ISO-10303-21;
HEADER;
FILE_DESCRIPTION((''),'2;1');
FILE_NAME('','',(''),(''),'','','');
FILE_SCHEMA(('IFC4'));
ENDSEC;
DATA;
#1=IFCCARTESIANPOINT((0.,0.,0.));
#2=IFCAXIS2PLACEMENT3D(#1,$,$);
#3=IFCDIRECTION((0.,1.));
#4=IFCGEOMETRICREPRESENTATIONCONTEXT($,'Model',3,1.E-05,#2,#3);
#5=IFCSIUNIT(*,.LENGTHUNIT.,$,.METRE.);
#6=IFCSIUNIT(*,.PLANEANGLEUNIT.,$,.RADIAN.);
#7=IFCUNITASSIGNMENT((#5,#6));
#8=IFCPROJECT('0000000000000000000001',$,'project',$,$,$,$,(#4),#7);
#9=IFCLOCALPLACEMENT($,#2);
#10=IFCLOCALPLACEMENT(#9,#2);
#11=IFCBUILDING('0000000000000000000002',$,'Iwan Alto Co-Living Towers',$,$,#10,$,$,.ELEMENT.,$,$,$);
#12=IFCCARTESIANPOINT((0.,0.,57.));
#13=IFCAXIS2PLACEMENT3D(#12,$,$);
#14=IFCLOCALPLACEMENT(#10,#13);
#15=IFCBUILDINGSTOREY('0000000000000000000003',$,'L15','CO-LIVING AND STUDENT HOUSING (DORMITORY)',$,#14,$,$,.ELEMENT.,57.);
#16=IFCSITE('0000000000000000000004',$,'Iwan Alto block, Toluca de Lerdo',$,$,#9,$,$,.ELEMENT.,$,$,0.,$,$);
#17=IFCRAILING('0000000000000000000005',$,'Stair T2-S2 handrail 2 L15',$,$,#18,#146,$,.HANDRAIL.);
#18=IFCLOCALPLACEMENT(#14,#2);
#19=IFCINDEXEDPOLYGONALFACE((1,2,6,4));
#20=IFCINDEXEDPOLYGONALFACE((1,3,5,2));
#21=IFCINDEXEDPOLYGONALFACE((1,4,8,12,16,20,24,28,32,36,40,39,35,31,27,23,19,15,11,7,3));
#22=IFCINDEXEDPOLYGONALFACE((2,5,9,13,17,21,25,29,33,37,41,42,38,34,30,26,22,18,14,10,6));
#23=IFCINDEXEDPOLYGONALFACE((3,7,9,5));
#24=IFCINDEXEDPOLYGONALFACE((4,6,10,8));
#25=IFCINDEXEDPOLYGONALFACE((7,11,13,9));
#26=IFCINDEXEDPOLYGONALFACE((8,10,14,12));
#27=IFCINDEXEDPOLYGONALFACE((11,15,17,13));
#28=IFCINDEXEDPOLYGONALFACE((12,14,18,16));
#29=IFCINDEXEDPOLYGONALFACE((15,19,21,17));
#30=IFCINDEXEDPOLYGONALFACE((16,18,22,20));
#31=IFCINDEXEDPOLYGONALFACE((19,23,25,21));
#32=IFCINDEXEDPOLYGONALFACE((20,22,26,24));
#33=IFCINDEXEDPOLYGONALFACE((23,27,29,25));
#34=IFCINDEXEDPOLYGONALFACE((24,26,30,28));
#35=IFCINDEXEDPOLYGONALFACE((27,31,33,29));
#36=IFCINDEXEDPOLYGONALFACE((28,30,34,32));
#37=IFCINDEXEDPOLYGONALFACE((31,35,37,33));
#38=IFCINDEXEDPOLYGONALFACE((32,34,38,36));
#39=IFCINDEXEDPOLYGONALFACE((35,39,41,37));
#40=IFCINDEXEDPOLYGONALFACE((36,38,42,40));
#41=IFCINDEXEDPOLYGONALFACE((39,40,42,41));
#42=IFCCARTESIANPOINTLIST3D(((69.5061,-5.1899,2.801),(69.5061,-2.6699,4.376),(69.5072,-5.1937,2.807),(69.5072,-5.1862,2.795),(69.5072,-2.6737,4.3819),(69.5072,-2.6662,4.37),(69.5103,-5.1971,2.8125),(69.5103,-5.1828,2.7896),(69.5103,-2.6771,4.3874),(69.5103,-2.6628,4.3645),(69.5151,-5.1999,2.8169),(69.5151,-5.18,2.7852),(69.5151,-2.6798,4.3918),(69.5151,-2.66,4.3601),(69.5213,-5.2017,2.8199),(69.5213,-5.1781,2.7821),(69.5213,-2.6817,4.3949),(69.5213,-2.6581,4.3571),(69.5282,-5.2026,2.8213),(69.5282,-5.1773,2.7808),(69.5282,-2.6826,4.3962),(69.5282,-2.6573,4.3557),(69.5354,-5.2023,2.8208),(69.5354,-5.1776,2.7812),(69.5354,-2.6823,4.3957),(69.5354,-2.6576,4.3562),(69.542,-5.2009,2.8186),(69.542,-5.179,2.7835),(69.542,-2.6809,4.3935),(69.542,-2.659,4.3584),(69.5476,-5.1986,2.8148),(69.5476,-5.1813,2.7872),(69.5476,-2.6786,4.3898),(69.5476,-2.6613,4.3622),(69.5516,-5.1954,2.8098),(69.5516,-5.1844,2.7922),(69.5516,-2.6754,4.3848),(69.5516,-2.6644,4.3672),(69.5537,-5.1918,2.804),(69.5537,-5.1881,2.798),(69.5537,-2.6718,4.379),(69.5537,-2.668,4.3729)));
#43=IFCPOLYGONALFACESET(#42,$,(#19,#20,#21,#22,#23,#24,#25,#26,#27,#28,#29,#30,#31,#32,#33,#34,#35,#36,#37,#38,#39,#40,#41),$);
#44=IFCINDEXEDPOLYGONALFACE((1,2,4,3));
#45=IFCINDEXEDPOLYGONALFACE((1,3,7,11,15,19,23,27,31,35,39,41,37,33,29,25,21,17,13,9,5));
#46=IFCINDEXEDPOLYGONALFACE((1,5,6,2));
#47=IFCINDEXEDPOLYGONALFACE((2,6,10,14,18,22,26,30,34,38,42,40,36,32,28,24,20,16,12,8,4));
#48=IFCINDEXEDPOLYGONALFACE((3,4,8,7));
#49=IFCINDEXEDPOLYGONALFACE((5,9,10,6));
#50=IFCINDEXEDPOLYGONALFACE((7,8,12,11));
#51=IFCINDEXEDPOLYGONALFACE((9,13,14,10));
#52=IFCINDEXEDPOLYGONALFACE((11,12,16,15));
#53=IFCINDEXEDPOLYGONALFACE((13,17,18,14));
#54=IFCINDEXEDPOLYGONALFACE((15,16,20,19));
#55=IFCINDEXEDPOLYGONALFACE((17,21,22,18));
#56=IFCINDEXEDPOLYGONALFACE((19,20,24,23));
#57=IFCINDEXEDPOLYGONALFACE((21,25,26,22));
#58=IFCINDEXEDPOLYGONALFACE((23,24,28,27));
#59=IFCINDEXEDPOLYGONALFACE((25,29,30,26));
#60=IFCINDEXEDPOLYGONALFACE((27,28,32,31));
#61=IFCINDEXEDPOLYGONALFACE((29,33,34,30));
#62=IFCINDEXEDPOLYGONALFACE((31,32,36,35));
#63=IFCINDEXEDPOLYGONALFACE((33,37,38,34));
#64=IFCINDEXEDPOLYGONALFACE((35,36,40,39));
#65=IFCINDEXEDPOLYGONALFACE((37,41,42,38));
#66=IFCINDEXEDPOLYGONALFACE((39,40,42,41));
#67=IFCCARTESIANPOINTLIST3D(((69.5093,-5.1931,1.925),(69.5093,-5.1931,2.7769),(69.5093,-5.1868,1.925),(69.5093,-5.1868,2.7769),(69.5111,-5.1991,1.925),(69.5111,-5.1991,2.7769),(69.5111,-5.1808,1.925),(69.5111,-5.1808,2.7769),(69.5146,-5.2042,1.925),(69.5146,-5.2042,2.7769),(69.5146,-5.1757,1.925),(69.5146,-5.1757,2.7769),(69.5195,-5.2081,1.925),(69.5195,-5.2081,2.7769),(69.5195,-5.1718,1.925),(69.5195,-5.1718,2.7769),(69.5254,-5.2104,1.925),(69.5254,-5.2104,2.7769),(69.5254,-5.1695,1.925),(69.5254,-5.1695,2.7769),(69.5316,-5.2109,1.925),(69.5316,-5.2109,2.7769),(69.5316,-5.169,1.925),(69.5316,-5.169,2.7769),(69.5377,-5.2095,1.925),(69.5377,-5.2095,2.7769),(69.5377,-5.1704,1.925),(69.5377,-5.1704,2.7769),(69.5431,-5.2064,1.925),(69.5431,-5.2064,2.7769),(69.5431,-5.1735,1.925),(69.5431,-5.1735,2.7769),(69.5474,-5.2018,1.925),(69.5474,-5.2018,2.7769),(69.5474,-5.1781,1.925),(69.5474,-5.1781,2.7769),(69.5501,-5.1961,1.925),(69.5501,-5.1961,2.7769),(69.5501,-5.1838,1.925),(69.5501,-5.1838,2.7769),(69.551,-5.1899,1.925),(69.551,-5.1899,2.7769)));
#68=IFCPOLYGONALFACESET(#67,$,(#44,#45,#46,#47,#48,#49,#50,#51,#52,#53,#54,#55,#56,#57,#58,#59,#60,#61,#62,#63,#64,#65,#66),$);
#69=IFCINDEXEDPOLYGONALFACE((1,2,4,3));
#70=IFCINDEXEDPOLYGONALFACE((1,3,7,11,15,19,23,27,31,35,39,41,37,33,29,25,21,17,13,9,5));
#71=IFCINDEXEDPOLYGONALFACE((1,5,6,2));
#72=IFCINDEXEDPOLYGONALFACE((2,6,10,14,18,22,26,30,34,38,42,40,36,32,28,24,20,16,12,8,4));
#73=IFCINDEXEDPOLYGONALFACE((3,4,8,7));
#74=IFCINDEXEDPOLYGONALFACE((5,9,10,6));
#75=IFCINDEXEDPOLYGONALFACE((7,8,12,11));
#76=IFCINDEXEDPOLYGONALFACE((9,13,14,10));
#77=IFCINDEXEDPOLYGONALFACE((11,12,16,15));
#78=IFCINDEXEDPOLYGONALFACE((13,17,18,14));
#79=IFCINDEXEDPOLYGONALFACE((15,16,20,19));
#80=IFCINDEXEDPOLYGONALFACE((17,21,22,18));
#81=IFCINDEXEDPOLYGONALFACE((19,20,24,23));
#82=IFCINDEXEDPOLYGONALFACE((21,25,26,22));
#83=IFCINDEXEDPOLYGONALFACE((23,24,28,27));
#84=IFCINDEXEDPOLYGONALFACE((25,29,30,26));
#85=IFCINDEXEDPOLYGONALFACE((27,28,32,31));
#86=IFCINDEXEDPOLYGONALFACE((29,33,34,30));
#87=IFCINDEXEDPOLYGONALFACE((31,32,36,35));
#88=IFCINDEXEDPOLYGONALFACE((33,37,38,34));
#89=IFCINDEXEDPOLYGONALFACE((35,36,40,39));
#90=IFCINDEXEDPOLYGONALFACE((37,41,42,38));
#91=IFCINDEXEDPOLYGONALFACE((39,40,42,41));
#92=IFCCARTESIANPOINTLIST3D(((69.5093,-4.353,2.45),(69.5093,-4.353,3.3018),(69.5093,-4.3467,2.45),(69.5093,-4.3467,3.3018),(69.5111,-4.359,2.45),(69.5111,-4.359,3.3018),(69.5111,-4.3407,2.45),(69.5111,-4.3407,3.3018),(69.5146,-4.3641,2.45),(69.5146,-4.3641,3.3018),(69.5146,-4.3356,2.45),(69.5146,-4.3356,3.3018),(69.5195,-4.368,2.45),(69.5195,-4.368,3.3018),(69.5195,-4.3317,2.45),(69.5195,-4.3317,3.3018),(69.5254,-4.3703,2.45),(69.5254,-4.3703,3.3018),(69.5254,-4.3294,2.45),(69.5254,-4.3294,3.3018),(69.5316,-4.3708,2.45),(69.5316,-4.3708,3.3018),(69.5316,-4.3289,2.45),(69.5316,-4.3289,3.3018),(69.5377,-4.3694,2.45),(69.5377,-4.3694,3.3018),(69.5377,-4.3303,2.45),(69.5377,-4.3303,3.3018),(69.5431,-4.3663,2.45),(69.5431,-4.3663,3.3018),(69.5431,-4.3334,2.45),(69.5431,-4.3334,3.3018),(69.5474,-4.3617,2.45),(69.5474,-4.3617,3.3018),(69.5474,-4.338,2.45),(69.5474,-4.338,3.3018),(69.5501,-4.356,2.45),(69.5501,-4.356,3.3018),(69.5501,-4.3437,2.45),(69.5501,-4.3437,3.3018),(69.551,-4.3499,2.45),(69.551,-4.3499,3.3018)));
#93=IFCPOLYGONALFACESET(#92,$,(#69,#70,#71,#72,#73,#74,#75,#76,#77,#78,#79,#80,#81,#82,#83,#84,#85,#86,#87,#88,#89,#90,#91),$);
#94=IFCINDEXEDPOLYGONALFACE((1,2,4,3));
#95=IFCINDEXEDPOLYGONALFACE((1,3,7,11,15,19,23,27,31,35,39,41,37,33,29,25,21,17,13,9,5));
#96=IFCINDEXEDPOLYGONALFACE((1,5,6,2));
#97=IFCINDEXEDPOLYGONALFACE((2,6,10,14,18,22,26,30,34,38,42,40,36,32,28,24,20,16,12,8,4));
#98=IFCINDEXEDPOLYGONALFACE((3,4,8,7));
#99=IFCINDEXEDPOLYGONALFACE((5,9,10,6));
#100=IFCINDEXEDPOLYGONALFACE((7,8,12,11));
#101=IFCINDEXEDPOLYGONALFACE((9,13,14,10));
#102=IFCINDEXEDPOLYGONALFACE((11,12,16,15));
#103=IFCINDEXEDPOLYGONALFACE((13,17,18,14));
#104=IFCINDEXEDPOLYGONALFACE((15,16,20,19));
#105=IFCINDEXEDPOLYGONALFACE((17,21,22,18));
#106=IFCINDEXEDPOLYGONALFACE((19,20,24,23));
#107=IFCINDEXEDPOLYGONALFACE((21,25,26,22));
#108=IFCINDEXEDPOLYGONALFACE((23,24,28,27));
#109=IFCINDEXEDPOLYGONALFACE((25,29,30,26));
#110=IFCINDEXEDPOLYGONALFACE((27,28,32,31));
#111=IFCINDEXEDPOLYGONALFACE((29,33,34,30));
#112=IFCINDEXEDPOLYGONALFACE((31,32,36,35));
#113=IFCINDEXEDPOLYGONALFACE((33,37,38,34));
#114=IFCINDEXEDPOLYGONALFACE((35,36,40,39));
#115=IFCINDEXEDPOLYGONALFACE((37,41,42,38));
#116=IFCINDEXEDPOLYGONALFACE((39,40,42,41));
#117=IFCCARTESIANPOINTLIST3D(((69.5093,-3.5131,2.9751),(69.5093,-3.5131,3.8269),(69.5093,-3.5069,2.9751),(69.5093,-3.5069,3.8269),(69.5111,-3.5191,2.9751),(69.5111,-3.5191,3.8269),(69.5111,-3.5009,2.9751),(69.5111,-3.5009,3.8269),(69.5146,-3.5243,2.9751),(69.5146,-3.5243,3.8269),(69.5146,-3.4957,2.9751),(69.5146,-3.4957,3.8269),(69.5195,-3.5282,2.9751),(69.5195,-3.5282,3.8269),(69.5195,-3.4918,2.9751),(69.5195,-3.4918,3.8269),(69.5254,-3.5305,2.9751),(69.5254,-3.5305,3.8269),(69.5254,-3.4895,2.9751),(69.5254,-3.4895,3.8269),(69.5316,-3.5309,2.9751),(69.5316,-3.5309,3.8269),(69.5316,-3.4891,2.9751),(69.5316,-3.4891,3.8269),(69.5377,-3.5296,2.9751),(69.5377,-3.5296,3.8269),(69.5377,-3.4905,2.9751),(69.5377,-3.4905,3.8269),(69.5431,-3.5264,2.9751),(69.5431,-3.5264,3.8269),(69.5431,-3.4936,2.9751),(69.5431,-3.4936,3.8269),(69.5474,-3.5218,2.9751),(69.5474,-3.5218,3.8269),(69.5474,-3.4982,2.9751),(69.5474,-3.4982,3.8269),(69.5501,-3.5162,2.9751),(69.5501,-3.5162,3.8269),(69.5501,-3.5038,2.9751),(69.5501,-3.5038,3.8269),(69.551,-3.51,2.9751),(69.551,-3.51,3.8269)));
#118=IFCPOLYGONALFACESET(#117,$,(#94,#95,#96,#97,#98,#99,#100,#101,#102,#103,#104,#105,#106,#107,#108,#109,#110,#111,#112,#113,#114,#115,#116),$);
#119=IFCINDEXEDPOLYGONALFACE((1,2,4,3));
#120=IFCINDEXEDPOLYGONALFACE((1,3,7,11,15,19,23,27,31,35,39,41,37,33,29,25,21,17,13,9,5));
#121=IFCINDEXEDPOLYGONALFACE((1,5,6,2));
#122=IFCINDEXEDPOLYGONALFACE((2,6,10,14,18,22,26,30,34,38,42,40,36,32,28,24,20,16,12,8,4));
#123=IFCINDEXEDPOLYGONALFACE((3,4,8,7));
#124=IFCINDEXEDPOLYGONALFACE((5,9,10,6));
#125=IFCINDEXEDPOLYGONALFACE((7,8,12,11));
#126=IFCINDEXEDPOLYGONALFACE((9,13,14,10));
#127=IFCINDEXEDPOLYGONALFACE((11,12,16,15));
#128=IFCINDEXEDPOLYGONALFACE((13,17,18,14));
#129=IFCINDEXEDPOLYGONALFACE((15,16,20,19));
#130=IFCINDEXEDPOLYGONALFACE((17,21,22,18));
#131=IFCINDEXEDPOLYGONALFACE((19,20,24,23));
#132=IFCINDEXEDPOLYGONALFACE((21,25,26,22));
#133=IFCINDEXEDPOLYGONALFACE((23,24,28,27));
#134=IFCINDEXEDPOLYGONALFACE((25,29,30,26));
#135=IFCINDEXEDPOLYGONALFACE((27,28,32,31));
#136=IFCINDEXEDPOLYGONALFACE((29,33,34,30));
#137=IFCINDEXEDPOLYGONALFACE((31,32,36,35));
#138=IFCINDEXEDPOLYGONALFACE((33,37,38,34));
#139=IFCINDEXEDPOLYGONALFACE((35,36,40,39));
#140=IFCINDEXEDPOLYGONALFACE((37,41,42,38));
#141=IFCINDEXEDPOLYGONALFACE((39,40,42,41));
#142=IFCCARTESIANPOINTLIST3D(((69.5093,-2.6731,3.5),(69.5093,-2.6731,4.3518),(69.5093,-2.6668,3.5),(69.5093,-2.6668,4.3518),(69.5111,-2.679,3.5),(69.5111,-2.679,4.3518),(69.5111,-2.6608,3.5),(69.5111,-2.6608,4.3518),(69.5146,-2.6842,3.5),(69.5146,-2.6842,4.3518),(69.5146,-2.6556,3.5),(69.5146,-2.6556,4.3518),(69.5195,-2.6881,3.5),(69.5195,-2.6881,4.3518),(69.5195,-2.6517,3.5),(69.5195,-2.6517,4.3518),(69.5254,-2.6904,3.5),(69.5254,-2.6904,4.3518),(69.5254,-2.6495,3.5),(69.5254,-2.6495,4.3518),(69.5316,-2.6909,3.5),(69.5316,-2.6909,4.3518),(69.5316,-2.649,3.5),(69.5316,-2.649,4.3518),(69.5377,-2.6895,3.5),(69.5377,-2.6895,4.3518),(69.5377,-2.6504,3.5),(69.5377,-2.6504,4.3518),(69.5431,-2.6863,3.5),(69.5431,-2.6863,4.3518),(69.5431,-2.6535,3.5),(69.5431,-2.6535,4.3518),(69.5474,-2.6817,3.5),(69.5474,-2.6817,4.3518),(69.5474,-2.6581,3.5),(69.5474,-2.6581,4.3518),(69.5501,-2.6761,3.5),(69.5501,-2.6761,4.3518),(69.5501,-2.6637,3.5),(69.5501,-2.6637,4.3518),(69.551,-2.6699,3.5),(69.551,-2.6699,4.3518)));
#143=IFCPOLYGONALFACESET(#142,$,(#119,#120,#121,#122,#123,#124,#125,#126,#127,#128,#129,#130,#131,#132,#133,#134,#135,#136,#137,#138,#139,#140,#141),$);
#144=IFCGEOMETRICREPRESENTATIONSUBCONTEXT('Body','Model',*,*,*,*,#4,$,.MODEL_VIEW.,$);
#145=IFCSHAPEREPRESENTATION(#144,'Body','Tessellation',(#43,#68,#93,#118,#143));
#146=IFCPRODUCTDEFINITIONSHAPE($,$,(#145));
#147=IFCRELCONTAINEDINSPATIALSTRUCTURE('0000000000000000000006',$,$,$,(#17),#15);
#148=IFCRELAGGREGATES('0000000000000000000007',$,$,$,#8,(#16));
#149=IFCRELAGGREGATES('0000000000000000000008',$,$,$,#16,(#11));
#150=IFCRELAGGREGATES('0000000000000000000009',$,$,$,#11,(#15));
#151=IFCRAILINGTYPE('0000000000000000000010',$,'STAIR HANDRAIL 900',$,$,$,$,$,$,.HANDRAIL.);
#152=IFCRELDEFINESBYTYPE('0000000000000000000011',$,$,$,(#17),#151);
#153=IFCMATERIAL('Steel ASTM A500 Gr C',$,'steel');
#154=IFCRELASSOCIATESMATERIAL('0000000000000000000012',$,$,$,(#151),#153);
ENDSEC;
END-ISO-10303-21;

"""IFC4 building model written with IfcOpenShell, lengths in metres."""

from ifc_helpers import new_model, si_unit, direction, frame, origin, origin_2d, place, context, subcontext, project, spatial, circle, extrude, material, type_object, element, save


model = new_model("IFC4")

# Units and contexts
model_context = context("Model", 3, precision=1e-05, world=origin(), true_north=direction((0.0, 1.0)))
body_context = subcontext(model_context, "Body", "Model", "MODEL_VIEW")
ifc_project = project(units=[si_unit("LENGTHUNIT", "METRE"), si_unit("PLANEANGLEUNIT", "RADIAN")], contexts=[model_context])

# Site, building, storey
site_placement = place(None, origin())
site = spatial("IfcSite", under=ifc_project, at=site_placement, Name="Iwan Alto block, Toluca de Lerdo", CompositionType="ELEMENT", RefElevation=0.0)
building_placement = place(site_placement, origin())
building = spatial("IfcBuilding", under=site, at=building_placement, Name="Iwan Alto Co-Living Towers", CompositionType="ELEMENT")
storey_placement = place(building_placement, frame((0.0, 0.0, 57.0)))
storey = spatial("IfcBuildingStorey", under=building, at=storey_placement, Name="L15", Description="CO-LIVING AND STUDENT HOUSING (DORMITORY)", CompositionType="ELEMENT", Elevation=57.0)

# Railing
ifc_material_1 = material(Name="Steel ASTM A500 Gr C", Category="steel")
railing_type = type_object("IfcRailingType", Name="STAIR HANDRAIL 900", PredefinedType="HANDRAIL", material=ifc_material_1)
railing_placement = place(storey_placement, frame((69.53, -5.1899, 1.925)))
element("IfcRailing", 1, at=railing_placement, inside=storey, type_object=railing_type, Name="Stair T2-S2 handrail 2 L15", PredefinedType="HANDRAIL", context=body_context, shape_type="SweptSolid", body=[
    extrude(circle(Radius=0.0239, at=origin_2d()), frame((0.0, 0.0, 0.876), z_axis=(0.0, 0.848008, 0.529984), x_axis=(-1.0, 0.0, 0.0)), (0.0, 0.0, 1.0), 2.9717),
    extrude(circle(Radius=0.021, at=origin_2d()), origin(), (0.0, 0.0, 1.0), 0.8518),
    extrude(circle(Radius=0.021, at=origin_2d()), frame((0.0, 0.8401, 0.5249)), (0.0, 0.0, 1.0), 0.8518),
    extrude(circle(Radius=0.021, at=origin_2d()), frame((0.0, 1.6799, 1.05)), (0.0, 0.0, 1.0), 0.8518),
    extrude(circle(Radius=0.021, at=origin_2d()), frame((0.0, 2.52, 1.575)), (0.0, 0.0, 1.0), 0.8518),
])

save(model, "model.ifc")
